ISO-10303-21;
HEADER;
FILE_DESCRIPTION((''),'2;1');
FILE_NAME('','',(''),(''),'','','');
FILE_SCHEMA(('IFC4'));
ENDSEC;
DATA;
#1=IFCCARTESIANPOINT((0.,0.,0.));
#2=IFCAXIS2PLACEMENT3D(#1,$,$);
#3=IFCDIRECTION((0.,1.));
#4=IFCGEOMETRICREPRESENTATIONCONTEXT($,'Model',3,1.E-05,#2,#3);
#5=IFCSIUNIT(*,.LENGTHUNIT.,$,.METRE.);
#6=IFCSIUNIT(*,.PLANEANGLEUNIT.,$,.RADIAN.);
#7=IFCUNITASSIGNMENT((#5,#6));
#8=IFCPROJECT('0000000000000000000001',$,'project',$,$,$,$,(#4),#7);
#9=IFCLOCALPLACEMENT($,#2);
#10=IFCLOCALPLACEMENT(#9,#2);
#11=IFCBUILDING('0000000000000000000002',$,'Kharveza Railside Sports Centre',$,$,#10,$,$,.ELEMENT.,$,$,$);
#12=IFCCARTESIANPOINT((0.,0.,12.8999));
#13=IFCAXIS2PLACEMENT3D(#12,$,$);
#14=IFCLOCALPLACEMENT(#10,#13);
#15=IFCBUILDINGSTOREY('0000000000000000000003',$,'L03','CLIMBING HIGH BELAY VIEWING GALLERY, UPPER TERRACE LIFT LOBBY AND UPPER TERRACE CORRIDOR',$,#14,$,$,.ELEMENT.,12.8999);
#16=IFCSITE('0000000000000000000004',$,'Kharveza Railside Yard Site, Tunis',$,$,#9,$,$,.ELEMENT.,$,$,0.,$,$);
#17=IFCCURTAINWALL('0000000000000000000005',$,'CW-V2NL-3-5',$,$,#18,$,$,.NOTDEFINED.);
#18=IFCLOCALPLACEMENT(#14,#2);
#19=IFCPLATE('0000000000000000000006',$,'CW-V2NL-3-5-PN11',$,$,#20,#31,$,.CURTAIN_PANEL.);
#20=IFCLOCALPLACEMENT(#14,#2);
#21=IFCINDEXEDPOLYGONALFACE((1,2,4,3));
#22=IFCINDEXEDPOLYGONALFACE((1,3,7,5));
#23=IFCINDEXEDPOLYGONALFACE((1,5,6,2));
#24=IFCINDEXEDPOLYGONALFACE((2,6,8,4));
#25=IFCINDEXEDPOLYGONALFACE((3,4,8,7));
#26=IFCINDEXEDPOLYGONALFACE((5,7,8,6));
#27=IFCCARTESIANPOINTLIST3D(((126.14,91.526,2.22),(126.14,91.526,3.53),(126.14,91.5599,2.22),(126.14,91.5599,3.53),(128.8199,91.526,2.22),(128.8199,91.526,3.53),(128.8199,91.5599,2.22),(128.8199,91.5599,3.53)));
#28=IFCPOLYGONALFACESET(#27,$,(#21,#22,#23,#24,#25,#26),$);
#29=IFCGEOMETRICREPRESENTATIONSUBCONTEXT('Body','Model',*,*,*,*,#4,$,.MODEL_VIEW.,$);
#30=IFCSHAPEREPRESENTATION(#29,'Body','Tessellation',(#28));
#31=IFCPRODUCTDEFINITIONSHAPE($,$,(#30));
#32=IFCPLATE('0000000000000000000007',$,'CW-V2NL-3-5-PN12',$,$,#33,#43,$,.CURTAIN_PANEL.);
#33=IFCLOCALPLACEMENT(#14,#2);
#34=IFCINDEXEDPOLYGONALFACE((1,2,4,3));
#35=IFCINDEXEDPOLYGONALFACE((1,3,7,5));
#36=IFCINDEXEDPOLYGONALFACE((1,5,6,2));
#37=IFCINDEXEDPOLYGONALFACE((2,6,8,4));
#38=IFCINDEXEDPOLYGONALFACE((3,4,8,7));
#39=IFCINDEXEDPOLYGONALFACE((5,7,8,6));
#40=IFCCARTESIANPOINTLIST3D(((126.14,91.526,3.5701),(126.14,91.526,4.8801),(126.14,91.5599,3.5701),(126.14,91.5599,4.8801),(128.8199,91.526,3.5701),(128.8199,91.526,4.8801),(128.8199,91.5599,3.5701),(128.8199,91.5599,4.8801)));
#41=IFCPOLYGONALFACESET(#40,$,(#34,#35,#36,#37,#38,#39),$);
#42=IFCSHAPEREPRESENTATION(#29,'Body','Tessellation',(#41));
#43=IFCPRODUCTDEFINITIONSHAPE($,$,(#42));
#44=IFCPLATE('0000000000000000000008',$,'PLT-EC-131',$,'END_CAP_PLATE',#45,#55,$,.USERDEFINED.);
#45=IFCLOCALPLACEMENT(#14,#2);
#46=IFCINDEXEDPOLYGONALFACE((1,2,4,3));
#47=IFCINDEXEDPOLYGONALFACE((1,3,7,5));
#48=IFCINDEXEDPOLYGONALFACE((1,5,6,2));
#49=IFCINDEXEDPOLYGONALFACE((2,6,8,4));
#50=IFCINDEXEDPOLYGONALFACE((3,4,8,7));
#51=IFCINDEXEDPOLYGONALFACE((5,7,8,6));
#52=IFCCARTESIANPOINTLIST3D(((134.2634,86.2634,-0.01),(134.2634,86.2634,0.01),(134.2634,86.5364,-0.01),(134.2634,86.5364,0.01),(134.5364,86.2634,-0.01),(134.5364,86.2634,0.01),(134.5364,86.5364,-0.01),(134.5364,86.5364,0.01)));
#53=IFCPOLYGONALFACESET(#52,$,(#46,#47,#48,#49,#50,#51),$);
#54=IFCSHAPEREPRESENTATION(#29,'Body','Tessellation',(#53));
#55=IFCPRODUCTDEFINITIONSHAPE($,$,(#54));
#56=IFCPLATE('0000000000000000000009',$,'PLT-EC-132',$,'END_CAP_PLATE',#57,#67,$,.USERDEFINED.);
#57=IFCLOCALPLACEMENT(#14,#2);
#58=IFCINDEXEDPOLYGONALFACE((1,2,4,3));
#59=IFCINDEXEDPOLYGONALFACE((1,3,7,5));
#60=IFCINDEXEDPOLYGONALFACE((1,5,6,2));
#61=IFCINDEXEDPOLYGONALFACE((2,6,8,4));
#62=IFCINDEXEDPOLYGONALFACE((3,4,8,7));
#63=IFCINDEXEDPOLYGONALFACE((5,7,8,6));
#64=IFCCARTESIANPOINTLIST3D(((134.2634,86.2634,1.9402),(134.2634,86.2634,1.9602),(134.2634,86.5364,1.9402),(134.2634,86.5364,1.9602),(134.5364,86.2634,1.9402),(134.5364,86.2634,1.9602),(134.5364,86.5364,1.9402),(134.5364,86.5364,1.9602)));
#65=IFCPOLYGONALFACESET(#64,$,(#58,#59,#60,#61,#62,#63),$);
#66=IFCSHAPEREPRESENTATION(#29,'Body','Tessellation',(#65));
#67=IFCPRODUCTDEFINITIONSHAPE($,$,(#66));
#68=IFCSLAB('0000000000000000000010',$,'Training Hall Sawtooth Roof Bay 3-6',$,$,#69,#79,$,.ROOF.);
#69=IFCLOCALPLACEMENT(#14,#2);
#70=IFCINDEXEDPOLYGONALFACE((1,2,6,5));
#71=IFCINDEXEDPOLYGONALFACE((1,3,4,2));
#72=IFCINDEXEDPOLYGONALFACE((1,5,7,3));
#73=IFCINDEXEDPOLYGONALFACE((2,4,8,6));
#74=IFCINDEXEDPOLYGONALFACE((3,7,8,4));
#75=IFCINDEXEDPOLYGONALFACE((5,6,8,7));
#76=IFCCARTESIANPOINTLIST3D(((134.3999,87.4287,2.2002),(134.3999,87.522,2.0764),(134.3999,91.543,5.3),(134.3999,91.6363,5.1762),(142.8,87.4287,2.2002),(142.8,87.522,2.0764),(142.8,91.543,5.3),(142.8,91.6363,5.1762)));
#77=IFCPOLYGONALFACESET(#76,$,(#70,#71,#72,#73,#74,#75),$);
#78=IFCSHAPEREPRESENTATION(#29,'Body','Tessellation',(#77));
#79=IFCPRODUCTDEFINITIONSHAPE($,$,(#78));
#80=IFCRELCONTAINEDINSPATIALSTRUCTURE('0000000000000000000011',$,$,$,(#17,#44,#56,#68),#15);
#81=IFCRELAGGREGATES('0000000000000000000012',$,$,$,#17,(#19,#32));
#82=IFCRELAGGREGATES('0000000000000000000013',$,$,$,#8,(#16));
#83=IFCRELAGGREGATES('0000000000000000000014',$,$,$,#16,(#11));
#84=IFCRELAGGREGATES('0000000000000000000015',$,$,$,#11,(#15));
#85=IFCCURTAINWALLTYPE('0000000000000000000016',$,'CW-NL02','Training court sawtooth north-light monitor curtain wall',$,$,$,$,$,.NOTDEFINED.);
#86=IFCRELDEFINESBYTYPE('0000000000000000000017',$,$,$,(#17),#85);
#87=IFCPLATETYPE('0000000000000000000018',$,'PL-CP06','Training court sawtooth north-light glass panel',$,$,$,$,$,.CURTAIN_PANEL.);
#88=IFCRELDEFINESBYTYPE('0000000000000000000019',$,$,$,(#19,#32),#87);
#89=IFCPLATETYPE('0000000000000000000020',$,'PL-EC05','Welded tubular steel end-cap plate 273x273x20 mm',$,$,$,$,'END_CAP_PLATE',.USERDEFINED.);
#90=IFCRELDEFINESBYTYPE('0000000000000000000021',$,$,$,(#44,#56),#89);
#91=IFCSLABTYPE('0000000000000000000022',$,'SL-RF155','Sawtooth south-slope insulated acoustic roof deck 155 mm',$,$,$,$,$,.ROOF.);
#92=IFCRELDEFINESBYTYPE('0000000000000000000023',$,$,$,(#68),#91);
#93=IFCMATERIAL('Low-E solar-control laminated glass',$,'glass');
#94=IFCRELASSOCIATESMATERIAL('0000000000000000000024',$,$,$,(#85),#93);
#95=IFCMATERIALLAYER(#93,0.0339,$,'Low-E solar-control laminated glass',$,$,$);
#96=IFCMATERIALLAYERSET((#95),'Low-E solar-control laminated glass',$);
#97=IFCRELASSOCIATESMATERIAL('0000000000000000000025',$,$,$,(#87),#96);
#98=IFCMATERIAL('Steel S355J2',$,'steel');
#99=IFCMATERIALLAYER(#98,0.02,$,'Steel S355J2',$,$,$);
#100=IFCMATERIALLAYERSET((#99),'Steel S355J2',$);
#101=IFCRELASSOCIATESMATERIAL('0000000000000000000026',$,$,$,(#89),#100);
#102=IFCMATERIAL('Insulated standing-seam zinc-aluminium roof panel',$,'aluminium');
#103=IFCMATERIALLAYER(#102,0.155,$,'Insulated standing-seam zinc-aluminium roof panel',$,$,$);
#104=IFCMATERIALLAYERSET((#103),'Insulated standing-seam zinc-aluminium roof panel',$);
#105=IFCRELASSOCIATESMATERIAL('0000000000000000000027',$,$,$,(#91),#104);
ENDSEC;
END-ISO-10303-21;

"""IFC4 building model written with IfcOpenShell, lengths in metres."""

from ifc_helpers import new_model, si_unit, direction, frame, origin, origin_2d, place, context, subcontext, project, spatial, polyline, rectangle, outline, extrude, material, layer, layer_set, type_object, element, aggregate, save


model = new_model("IFC4")

# Units and contexts
model_context = context("Model", 3, precision=1e-05, world=origin(), true_north=direction((0.0, 1.0)))
body_context = subcontext(model_context, "Body", "Model", "MODEL_VIEW")
ifc_project = project(units=[si_unit("LENGTHUNIT", "METRE"), si_unit("PLANEANGLEUNIT", "RADIAN")], contexts=[model_context])

# Site, building, storey
site_placement = place(None, origin())
site = spatial("IfcSite", under=ifc_project, at=site_placement, Name="Kharveza Railside Yard Site, Tunis", CompositionType="ELEMENT", RefElevation=0.0)
building_placement = place(site_placement, origin())
building = spatial("IfcBuilding", under=site, at=building_placement, Name="Kharveza Railside Sports Centre", CompositionType="ELEMENT")
storey_placement = place(building_placement, frame((0.0, 0.0, 12.8999)))
storey = spatial("IfcBuildingStorey", under=building, at=storey_placement, Name="L03", Description="CLIMBING HIGH BELAY VIEWING GALLERY, UPPER TERRACE LIFT LOBBY AND UPPER TERRACE CORRIDOR", CompositionType="ELEMENT", Elevation=12.8999)

# Shared definitions
ifc_material_1 = material(Name="Steel S355J2", Category="steel")

# Shared definitions
ifc_material_2 = material(Name="Low-E solar-control laminated glass", Category="glass")
curtain_wall_type = type_object("IfcCurtainWallType", Name="CW-NL02", Description="Training court sawtooth north-light monitor curtain wall", PredefinedType="NOTDEFINED", material=ifc_material_2)

# Curtain wall
curtain_wall_1_placement = place(storey_placement, origin())
curtain_wall_1 = element("IfcCurtainWall", 1, at=curtain_wall_1_placement, inside=storey, type_object=curtain_wall_type, Name="CW-V2NL-3-5", PredefinedType="NOTDEFINED")

# Plates
ifc_layer_1 = layer(ifc_material_2, 0.0339, Name="Low-E solar-control laminated glass")
ifc_layer_set_1 = layer_set([ifc_layer_1], Name="Low-E solar-control laminated glass")
plate_type_1 = type_object("IfcPlateType", Name="PL-CP06", Description="Training court sawtooth north-light glass panel", PredefinedType="CURTAIN_PANEL", material=ifc_layer_set_1)
plate_1_placement = place(storey_placement, frame((127.48, 91.543, 2.22), z_axis=(0.0, 0.0, 1.0), x_axis=(1.0, 0.0, 0.0)))
plate_1 = element("IfcPlate", 2, at=plate_1_placement, type_object=plate_type_1, Name="CW-V2NL-3-5-PN11", PredefinedType="CURTAIN_PANEL", context=body_context, shape_type="SweptSolid", body=[
    extrude(rectangle(XDim=2.6799, YDim=0.0339, at=origin_2d()), origin(), (0.0, 0.0, 1.0), 1.3101),
])
plate_2_placement = place(storey_placement, frame((127.48, 91.543, 3.5701), z_axis=(0.0, 0.0, 1.0), x_axis=(1.0, 0.0, 0.0)))
plate_2 = element("IfcPlate", 3, at=plate_2_placement, type_object=plate_type_1, Name="CW-V2NL-3-5-PN12", PredefinedType="CURTAIN_PANEL", context=body_context, shape_type="SweptSolid", body=[
    extrude(rectangle(XDim=2.6799, YDim=0.0339, at=origin_2d()), origin(), (0.0, 0.0, 1.0), 1.3101),
])
aggregate(curtain_wall_1, [plate_1, plate_2])

# Plates
ifc_layer_2 = layer(ifc_material_1, 0.02, Name="Steel S355J2")
ifc_layer_set_2 = layer_set([ifc_layer_2], Name="Steel S355J2")
plate_type_2 = type_object("IfcPlateType", Name="PL-EC05", Description="Welded tubular steel end-cap plate 273x273x20 mm", ElementType="END_CAP_PLATE", PredefinedType="USERDEFINED", material=ifc_layer_set_2)
for number, where, z_axis, x_axis, name in (
    (4, (134.3999, 86.3999, -0.01), (0.0, 0.0, 1.0), (1.0, 0.0, 0.0), "PLT-EC-131"),
    (5, (134.3999, 86.3999, 1.9402), (0.0, 0.0, 1.0), (1.0, 0.0, 0.0), "PLT-EC-132"),
):
    element("IfcPlate", number, at=place(storey_placement, frame(where, z_axis=z_axis, x_axis=x_axis)), inside=storey, type_object=plate_type_2, Name=name, ObjectType="END_CAP_PLATE", PredefinedType="USERDEFINED", context=body_context, shape_type="SweptSolid", body=[
        extrude(rectangle(XDim=0.2729, YDim=0.2729, at=origin_2d()), origin(), (0.0, 0.0, 1.0), 0.02),
    ])

# Slab
ifc_material_3 = material(Name="Insulated standing-seam zinc-aluminium roof panel", Category="aluminium")
ifc_layer_3 = layer(ifc_material_3, 0.155, Name="Insulated standing-seam zinc-aluminium roof panel")
ifc_layer_set_3 = layer_set([ifc_layer_3], Name="Insulated standing-seam zinc-aluminium roof panel")
slab_type = type_object("IfcSlabType", Name="SL-RF155", Description="Sawtooth south-slope insulated acoustic roof deck 155 mm", PredefinedType="ROOF", material=ifc_layer_set_3)
slab_placement = place(storey_placement, frame((134.3999, 87.4287, 2.2002), z_axis=(0.0, -0.601758, 0.798679), x_axis=(1.0, 0.0, 0.0)))
element("IfcSlab", 6, at=slab_placement, inside=storey, type_object=slab_type, Name="Training Hall Sawtooth Roof Bay 3-6", PredefinedType="ROOF", context=body_context, shape_type="SweptSolid", body=[
    extrude(outline(polyline([(0.0, 0.0), (8.4001, 0.0), (8.4001, 5.1513), (0.0, 5.1513), (0.0, 0.0)])), origin(), (0.0, 0.0, -1.0), 0.155),
])

save(model, "model.ifc")
